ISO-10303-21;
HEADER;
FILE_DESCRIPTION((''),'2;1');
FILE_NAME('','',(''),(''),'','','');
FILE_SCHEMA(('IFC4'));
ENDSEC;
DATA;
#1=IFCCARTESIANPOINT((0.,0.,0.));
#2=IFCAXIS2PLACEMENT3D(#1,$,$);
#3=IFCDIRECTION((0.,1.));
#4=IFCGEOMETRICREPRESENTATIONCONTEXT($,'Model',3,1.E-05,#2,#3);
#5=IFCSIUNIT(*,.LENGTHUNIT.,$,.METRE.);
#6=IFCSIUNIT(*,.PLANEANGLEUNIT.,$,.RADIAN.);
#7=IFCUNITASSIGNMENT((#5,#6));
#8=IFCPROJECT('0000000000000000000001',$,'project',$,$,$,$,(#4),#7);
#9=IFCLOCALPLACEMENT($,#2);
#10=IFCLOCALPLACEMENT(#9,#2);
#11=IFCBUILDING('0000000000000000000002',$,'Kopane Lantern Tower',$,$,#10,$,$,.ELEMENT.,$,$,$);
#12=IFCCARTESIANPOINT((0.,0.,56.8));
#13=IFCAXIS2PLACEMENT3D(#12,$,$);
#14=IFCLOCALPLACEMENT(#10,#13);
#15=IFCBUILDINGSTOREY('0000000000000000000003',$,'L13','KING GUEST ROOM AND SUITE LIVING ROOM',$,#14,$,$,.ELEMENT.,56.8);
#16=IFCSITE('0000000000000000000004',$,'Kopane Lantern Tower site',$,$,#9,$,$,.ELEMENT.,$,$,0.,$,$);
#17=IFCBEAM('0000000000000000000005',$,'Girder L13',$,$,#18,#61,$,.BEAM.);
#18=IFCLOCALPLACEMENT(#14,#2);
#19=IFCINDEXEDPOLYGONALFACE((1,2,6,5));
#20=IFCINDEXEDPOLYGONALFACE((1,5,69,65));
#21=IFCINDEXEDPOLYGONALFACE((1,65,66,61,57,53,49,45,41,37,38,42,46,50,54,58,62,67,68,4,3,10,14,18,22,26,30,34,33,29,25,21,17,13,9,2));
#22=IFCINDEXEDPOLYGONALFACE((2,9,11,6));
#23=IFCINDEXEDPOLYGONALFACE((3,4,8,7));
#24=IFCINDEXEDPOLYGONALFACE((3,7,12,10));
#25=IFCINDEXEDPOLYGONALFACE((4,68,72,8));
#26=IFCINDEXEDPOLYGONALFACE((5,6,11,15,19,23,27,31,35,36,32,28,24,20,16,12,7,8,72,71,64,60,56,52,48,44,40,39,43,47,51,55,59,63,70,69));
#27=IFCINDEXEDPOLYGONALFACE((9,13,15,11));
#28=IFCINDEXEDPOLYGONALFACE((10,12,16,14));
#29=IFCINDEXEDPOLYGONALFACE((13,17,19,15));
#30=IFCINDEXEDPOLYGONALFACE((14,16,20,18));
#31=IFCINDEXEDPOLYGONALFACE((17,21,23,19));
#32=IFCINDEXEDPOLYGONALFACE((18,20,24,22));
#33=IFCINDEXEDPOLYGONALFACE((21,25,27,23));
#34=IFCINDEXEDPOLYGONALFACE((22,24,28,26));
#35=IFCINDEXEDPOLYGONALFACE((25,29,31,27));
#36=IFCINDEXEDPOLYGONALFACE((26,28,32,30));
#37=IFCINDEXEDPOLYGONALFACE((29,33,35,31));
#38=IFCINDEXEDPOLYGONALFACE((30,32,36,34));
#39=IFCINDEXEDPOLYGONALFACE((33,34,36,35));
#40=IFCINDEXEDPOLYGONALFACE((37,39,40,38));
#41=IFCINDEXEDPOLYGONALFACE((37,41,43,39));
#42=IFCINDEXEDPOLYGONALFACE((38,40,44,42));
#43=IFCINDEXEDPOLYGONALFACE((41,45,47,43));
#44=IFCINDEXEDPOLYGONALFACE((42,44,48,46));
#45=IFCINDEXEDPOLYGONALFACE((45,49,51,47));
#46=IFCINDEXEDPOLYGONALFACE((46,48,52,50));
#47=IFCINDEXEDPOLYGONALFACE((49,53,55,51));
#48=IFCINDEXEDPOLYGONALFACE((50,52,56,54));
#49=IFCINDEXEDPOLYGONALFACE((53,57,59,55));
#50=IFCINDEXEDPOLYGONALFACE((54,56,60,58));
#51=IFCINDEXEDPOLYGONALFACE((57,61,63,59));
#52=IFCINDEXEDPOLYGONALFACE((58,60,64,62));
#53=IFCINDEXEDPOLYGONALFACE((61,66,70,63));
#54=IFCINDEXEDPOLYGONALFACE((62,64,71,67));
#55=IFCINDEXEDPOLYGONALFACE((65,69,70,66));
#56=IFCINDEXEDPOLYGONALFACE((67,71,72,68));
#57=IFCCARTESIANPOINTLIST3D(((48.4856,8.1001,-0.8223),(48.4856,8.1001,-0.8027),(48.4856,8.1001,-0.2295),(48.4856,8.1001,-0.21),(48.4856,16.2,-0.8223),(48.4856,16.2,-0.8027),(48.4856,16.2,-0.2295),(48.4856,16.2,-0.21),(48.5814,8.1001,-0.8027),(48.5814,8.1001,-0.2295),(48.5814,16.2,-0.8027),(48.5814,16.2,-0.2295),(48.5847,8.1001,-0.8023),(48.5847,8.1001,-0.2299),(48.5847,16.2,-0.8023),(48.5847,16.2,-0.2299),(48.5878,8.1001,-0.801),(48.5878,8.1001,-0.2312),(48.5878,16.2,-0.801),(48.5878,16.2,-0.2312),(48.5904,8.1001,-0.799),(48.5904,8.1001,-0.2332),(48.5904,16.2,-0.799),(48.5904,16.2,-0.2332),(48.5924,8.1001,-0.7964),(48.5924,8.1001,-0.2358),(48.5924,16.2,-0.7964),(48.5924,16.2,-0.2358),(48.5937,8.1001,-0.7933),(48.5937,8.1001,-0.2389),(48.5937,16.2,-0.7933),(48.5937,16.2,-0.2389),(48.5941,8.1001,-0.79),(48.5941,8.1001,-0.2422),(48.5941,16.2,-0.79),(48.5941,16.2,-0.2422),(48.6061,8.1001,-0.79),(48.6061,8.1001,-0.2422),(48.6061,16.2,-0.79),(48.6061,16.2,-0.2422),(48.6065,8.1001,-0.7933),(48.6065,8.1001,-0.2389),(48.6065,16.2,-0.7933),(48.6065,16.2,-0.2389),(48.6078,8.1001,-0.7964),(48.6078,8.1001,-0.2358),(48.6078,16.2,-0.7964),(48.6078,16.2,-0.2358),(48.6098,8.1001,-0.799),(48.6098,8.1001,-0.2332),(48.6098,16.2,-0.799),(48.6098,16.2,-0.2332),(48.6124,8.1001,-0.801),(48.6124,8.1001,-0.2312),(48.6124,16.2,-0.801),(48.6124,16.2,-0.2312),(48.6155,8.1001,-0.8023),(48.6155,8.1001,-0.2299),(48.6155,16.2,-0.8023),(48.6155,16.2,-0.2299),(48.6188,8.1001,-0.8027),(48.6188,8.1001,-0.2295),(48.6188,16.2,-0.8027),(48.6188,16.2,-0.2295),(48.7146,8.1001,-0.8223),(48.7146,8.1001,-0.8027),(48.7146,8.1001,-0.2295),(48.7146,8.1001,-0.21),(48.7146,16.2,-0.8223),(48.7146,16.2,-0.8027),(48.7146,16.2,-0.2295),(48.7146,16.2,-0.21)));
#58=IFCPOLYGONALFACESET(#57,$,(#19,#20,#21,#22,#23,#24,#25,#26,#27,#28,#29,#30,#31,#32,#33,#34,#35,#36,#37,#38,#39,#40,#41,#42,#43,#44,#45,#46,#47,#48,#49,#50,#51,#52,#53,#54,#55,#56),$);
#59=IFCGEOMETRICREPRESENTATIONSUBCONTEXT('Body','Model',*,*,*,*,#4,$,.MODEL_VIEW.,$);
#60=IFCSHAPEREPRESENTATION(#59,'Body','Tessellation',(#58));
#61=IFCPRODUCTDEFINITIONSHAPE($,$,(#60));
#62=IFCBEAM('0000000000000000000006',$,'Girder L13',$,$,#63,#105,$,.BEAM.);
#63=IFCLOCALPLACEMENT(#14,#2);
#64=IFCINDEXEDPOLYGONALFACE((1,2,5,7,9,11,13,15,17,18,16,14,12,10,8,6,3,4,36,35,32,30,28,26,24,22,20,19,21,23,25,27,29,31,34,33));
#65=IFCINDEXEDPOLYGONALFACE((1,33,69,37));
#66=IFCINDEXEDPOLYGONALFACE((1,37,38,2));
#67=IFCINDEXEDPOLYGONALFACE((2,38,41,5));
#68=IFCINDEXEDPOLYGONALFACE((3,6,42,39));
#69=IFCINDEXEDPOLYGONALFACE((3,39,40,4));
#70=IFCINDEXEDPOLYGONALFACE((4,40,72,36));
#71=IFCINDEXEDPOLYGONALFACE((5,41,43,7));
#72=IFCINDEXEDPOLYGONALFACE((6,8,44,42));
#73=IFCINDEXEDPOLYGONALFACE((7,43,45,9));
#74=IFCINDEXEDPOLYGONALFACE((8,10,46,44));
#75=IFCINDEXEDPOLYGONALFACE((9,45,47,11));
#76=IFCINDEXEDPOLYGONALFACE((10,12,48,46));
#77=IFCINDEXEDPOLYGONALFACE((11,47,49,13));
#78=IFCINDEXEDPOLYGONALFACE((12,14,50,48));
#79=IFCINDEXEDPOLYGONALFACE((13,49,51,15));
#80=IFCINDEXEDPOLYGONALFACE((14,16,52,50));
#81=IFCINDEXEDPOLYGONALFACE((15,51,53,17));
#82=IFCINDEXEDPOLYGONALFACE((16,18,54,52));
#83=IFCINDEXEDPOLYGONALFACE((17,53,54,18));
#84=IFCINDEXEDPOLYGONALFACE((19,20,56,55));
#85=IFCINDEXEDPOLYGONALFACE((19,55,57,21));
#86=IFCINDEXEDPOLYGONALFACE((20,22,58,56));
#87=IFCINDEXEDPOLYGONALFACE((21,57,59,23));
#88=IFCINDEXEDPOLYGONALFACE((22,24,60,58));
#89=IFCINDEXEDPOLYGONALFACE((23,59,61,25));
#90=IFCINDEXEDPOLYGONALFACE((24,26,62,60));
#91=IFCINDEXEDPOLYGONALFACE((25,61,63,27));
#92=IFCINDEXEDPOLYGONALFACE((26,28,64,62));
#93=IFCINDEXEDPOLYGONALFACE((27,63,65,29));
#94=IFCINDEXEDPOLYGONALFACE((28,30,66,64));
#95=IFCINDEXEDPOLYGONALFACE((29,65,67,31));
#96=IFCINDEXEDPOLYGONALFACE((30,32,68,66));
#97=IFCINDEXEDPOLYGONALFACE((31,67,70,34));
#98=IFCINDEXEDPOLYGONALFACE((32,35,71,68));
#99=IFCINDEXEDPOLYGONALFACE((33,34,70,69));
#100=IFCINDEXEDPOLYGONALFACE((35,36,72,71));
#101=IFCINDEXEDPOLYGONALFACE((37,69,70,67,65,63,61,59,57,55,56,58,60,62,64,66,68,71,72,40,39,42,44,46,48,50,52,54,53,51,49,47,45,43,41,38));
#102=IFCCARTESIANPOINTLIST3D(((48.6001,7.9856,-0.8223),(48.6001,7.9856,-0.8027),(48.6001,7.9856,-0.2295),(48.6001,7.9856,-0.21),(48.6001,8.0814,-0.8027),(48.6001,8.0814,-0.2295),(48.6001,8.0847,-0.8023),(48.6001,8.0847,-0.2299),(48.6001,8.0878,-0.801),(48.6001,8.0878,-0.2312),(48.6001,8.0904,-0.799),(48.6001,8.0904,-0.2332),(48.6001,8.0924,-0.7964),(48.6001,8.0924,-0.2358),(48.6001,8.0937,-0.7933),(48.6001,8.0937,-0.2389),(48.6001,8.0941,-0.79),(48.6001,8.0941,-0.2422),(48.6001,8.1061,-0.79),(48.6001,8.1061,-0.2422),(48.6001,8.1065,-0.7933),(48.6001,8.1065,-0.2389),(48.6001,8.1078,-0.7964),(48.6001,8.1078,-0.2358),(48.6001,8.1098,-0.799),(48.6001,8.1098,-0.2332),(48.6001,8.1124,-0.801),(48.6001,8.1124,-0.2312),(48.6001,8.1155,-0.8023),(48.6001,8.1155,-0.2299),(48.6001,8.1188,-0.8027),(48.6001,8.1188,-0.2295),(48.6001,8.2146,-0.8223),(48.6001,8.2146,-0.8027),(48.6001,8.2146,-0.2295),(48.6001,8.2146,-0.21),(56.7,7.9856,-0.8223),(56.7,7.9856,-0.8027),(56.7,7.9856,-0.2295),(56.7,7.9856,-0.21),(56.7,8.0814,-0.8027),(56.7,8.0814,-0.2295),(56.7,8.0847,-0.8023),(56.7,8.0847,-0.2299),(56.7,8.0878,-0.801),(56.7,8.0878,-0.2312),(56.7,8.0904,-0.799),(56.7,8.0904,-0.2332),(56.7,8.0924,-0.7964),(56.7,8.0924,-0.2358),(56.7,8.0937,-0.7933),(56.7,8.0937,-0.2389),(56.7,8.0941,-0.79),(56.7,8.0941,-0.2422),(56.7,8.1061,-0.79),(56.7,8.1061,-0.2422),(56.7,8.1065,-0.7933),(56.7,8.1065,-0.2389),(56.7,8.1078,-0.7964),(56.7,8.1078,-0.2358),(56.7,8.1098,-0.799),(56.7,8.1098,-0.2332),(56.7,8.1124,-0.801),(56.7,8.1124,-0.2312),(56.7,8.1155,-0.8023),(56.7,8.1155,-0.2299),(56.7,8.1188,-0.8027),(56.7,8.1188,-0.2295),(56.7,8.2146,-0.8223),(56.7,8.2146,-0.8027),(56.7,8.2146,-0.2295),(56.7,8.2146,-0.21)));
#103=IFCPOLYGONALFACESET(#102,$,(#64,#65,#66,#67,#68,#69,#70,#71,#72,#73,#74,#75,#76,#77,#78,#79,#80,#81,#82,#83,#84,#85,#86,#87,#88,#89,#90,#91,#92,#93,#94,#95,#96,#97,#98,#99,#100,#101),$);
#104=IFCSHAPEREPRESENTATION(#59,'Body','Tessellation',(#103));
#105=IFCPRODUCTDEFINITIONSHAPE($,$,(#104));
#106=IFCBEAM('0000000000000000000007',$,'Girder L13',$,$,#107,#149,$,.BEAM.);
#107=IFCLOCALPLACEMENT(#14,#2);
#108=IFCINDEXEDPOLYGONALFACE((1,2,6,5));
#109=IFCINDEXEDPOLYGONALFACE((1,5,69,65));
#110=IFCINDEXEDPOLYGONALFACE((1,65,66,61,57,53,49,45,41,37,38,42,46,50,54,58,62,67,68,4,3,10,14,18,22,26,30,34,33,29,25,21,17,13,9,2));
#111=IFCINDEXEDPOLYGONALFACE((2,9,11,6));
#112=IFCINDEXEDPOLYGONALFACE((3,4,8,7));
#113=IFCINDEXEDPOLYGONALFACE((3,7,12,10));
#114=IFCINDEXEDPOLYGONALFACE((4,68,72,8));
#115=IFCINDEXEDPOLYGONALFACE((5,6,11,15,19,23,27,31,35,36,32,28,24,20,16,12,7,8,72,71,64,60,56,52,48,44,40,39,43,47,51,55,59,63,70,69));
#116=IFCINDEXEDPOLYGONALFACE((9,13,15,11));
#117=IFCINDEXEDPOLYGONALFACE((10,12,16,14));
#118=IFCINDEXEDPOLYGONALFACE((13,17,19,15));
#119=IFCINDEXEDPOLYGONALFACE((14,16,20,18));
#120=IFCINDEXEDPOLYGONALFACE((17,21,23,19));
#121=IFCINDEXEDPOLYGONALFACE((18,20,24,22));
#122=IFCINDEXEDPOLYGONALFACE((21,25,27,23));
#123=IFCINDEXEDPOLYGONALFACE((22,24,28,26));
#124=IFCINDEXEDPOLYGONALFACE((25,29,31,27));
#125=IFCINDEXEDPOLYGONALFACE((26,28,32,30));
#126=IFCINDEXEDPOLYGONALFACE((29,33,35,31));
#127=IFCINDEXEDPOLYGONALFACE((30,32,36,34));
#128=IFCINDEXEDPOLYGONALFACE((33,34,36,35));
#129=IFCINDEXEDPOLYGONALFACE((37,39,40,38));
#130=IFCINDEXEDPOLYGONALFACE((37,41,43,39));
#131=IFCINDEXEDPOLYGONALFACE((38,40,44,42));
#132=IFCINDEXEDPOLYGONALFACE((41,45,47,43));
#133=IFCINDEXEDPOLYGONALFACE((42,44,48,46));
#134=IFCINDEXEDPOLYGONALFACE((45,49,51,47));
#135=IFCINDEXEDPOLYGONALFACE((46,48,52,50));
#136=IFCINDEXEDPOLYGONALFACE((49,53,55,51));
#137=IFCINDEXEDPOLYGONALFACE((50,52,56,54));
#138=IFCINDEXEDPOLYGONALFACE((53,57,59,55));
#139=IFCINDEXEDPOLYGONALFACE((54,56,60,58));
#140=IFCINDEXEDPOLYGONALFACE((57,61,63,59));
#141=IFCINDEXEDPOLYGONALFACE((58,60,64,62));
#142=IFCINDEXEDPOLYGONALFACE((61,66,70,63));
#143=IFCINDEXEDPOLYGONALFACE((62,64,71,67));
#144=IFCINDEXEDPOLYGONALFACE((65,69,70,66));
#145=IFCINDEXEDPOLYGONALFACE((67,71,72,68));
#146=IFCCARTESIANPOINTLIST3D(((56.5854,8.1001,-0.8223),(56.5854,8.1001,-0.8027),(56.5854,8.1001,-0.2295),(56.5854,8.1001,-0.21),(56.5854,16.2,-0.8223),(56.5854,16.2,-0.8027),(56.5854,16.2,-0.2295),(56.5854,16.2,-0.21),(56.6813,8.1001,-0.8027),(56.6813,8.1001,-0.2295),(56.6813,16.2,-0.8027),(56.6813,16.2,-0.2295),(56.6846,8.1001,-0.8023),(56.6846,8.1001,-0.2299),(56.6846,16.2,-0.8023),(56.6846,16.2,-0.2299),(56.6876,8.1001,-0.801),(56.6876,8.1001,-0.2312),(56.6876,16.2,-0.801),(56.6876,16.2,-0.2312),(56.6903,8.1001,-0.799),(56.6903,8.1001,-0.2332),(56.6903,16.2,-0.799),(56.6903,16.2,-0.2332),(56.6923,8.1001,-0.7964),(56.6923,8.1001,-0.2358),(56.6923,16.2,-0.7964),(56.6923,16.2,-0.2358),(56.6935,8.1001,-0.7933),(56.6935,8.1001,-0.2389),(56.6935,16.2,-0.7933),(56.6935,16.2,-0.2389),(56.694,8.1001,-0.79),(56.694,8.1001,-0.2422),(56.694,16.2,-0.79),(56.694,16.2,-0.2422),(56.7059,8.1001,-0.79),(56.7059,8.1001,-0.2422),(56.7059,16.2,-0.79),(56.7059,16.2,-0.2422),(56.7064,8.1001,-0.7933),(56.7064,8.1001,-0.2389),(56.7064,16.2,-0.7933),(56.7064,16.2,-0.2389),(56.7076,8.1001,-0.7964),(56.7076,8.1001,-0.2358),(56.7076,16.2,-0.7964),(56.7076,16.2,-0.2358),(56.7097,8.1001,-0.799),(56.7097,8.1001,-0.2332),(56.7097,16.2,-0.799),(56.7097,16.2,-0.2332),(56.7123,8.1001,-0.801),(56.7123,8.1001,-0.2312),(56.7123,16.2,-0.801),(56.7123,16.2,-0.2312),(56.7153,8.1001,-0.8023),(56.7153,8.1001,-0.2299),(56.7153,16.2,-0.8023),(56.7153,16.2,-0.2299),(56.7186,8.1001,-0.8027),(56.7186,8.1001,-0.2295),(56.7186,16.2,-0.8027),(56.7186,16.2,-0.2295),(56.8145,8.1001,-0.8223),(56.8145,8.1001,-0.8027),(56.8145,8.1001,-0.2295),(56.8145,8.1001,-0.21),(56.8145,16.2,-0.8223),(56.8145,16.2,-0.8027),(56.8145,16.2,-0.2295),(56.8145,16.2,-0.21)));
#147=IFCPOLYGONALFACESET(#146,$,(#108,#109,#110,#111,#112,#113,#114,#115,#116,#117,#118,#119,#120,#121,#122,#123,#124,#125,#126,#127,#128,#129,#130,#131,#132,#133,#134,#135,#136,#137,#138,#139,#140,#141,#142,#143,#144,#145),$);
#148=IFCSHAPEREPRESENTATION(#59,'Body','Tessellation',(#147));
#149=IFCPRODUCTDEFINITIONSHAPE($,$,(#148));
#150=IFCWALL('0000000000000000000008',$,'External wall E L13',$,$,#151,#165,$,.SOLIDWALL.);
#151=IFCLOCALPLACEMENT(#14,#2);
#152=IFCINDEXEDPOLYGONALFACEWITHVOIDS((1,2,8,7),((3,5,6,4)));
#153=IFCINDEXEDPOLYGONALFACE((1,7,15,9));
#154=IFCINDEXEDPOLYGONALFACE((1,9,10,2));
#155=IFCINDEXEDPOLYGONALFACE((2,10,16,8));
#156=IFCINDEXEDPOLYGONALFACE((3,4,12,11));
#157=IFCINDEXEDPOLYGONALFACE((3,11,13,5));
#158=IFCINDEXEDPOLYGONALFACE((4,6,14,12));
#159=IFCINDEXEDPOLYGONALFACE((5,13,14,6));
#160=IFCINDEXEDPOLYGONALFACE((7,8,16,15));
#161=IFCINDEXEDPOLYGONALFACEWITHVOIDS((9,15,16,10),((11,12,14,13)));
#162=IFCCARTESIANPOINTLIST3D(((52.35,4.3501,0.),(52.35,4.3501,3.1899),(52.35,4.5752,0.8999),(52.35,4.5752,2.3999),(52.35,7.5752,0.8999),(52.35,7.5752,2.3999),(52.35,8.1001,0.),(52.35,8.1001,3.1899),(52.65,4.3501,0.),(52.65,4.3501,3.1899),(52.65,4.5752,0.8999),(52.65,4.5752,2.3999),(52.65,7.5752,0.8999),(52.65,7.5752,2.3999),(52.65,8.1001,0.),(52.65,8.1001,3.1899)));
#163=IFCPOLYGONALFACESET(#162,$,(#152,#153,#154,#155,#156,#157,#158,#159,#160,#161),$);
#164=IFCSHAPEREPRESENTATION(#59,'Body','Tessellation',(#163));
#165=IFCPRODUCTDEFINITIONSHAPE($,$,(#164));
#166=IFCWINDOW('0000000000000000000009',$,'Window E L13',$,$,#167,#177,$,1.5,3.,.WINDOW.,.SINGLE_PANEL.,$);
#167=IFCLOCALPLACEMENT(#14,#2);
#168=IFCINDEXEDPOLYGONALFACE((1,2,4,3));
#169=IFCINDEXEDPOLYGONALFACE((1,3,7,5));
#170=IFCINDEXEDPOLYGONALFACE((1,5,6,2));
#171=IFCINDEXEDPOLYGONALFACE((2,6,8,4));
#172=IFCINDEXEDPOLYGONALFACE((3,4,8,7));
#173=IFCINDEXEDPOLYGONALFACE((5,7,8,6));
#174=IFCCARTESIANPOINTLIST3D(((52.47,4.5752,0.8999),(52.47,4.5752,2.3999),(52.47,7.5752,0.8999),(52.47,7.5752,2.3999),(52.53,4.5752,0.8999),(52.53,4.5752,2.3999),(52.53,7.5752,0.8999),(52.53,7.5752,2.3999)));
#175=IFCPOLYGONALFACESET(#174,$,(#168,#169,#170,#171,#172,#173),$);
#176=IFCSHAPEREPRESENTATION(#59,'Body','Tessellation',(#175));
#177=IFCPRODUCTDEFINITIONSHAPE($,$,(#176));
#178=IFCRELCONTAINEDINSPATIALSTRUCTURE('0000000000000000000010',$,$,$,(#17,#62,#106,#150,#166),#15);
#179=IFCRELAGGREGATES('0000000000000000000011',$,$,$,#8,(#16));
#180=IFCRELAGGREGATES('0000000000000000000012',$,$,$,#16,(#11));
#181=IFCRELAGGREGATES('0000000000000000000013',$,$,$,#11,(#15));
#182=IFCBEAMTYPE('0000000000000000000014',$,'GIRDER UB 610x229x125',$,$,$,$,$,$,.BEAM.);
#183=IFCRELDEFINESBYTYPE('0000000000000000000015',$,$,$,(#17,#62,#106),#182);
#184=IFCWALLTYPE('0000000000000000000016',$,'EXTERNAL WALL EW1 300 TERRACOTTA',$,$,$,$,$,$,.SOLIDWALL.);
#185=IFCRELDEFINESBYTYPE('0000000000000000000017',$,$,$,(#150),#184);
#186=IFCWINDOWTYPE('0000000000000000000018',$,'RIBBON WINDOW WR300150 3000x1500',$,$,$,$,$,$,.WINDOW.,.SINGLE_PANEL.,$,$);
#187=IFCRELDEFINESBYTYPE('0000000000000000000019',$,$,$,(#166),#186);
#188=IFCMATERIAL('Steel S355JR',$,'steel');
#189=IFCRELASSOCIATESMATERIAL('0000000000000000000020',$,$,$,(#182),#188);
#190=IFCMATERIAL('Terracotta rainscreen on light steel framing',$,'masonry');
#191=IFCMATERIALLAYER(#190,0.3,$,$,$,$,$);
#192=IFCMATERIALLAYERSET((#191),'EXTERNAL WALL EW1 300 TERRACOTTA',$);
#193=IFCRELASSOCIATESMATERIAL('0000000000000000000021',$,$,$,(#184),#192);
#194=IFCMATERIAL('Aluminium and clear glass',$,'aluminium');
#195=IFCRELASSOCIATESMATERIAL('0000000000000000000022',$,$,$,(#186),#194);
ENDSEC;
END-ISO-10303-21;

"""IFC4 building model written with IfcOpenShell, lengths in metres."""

from ifc_helpers import new_model, si_unit, direction, frame, frame_2d, origin, origin_2d, place, context, subcontext, project, spatial, rectangle, i_section, extrude, material, layer, layer_set, material_profile, profile_set, type_object, element, fill, save


model = new_model("IFC4")

# Units and contexts
model_context = context("Model", 3, precision=1e-05, world=origin(), true_north=direction((0.0, 1.0)))
body_context = subcontext(model_context, "Body", "Model", "MODEL_VIEW")
ifc_project = project(units=[si_unit("LENGTHUNIT", "METRE"), si_unit("PLANEANGLEUNIT", "RADIAN")], contexts=[model_context])

# Site, building, storey
site_placement = place(None, origin())
site = spatial("IfcSite", under=ifc_project, at=site_placement, Name="Kopane Lantern Tower site", CompositionType="ELEMENT", RefElevation=0.0)
building_placement = place(site_placement, origin())
building = spatial("IfcBuilding", under=site, at=building_placement, Name="Kopane Lantern Tower", CompositionType="ELEMENT")
storey_placement = place(building_placement, frame((0.0, 0.0, 56.8)))
storey = spatial("IfcBuildingStorey", under=building, at=storey_placement, Name="L13", Description="KING GUEST ROOM AND SUITE LIVING ROOM", CompositionType="ELEMENT", Elevation=56.8)

# Beams
ifc_material_1 = material(Name="Steel S355JR", Category="steel")
ifc_material_profile_1 = material_profile(ifc_material_1, i_section(OverallWidth=0.229, OverallDepth=0.6123, WebThickness=0.012, FlangeThickness=0.0195, FilletRadius=0.0127, at=origin_2d()), Name="UB 610x229x125")
ifc_profile_set_1 = profile_set([ifc_material_profile_1], Name="Steel S355JR")
beam_type_1 = type_object("IfcBeamType", Name="GIRDER UB 610x229x125", PredefinedType="BEAM", material=ifc_profile_set_1)
for number, where, z_axis, x_axis, name in (
    (1, (48.6001, 8.1001, -0.5161), (0.0, 1.0, 0.0), (-1.0, 0.0, 0.0), "Girder L13"),
    (2, (48.6001, 8.1001, -0.5161), (1.0, 0.0, 0.0), (0.0, 1.0, 0.0), "Girder L13"),
    (3, (56.7, 8.1001, -0.5161), (0.0, 1.0, 0.0), (-1.0, 0.0, 0.0), "Girder L13"),
):
    element("IfcBeam", number, at=place(storey_placement, frame(where, z_axis=z_axis, x_axis=x_axis)), inside=storey, type_object=beam_type_1, Name=name, PredefinedType="BEAM", context=body_context, shape_type="SweptSolid", body=[
        extrude(i_section(OverallWidth=0.229, OverallDepth=0.6123, WebThickness=0.012, FlangeThickness=0.0195, FilletRadius=0.0127, at=origin_2d()), origin(), (0.0, 0.0, 1.0), 8.0999),
    ])

# Wall, opening, window
ifc_material_2 = material(Name="Terracotta rainscreen on light steel framing", Category="masonry")
ifc_layer = layer(ifc_material_2, 0.3)
ifc_layer_set = layer_set([ifc_layer], Name="EXTERNAL WALL EW1 300 TERRACOTTA")
wall_type = type_object("IfcWallType", Name="EXTERNAL WALL EW1 300 TERRACOTTA", PredefinedType="SOLIDWALL", material=ifc_layer_set)
wall_1_placement = place(storey_placement, frame((52.5, 4.3501, 0.0), z_axis=(0.0, 0.0, 1.0), x_axis=(0.0, 1.0, 0.0)))
wall_1 = element("IfcWall", 4, at=wall_1_placement, inside=storey, type_object=wall_type, Name="External wall E L13", PredefinedType="SOLIDWALL", context=body_context, shape_type="SweptSolid", body=[
    extrude(rectangle(XDim=3.75, YDim=0.3, at=frame_2d((1.875, 0.0))), origin(), (0.0, 0.0, 1.0), 3.1899),
])
opening_1_placement = place(wall_1_placement, frame((0.2251, 0.0, 0.8999)))
opening_1 = element("IfcOpeningElement", 5, at=opening_1_placement, cuts=wall_1, PredefinedType="OPENING", context=body_context, shape_type="SweptSolid", body=[
    extrude(rectangle(XDim=3.0, YDim=1.5, at=frame_2d((1.5, 0.75))), frame((0.0, 0.1599, 0.0), z_axis=(0.0, -1.0, 0.0), x_axis=(1.0, 0.0, 0.0)), (0.0, 0.0, 1.0), 0.3201),
])
ifc_material_3 = material(Name="Aluminium and clear glass", Category="aluminium")
window_type_1 = type_object("IfcWindowType", Name="RIBBON WINDOW WR300150 3000x1500", PartitioningType="SINGLE_PANEL", PredefinedType="WINDOW", material=ifc_material_3)
window_1_placement = place(opening_1_placement, origin())
window_1 = element("IfcWindow", 6, at=window_1_placement, inside=storey, type_object=window_type_1, Name="Window E L13", OverallHeight=1.5, OverallWidth=3.0, PartitioningType="SINGLE_PANEL", PredefinedType="WINDOW", context=body_context, shape_type="SweptSolid", body=[
    extrude(rectangle(XDim=3.0, YDim=1.5, at=frame_2d((1.5, 0.75))), frame((0.0, 0.03, 0.0), z_axis=(0.0, -1.0, 0.0), x_axis=(1.0, 0.0, 0.0)), (0.0, 0.0, 1.0), 0.0601),
])
fill(opening_1, window_1)

save(model, "model.ifc")
